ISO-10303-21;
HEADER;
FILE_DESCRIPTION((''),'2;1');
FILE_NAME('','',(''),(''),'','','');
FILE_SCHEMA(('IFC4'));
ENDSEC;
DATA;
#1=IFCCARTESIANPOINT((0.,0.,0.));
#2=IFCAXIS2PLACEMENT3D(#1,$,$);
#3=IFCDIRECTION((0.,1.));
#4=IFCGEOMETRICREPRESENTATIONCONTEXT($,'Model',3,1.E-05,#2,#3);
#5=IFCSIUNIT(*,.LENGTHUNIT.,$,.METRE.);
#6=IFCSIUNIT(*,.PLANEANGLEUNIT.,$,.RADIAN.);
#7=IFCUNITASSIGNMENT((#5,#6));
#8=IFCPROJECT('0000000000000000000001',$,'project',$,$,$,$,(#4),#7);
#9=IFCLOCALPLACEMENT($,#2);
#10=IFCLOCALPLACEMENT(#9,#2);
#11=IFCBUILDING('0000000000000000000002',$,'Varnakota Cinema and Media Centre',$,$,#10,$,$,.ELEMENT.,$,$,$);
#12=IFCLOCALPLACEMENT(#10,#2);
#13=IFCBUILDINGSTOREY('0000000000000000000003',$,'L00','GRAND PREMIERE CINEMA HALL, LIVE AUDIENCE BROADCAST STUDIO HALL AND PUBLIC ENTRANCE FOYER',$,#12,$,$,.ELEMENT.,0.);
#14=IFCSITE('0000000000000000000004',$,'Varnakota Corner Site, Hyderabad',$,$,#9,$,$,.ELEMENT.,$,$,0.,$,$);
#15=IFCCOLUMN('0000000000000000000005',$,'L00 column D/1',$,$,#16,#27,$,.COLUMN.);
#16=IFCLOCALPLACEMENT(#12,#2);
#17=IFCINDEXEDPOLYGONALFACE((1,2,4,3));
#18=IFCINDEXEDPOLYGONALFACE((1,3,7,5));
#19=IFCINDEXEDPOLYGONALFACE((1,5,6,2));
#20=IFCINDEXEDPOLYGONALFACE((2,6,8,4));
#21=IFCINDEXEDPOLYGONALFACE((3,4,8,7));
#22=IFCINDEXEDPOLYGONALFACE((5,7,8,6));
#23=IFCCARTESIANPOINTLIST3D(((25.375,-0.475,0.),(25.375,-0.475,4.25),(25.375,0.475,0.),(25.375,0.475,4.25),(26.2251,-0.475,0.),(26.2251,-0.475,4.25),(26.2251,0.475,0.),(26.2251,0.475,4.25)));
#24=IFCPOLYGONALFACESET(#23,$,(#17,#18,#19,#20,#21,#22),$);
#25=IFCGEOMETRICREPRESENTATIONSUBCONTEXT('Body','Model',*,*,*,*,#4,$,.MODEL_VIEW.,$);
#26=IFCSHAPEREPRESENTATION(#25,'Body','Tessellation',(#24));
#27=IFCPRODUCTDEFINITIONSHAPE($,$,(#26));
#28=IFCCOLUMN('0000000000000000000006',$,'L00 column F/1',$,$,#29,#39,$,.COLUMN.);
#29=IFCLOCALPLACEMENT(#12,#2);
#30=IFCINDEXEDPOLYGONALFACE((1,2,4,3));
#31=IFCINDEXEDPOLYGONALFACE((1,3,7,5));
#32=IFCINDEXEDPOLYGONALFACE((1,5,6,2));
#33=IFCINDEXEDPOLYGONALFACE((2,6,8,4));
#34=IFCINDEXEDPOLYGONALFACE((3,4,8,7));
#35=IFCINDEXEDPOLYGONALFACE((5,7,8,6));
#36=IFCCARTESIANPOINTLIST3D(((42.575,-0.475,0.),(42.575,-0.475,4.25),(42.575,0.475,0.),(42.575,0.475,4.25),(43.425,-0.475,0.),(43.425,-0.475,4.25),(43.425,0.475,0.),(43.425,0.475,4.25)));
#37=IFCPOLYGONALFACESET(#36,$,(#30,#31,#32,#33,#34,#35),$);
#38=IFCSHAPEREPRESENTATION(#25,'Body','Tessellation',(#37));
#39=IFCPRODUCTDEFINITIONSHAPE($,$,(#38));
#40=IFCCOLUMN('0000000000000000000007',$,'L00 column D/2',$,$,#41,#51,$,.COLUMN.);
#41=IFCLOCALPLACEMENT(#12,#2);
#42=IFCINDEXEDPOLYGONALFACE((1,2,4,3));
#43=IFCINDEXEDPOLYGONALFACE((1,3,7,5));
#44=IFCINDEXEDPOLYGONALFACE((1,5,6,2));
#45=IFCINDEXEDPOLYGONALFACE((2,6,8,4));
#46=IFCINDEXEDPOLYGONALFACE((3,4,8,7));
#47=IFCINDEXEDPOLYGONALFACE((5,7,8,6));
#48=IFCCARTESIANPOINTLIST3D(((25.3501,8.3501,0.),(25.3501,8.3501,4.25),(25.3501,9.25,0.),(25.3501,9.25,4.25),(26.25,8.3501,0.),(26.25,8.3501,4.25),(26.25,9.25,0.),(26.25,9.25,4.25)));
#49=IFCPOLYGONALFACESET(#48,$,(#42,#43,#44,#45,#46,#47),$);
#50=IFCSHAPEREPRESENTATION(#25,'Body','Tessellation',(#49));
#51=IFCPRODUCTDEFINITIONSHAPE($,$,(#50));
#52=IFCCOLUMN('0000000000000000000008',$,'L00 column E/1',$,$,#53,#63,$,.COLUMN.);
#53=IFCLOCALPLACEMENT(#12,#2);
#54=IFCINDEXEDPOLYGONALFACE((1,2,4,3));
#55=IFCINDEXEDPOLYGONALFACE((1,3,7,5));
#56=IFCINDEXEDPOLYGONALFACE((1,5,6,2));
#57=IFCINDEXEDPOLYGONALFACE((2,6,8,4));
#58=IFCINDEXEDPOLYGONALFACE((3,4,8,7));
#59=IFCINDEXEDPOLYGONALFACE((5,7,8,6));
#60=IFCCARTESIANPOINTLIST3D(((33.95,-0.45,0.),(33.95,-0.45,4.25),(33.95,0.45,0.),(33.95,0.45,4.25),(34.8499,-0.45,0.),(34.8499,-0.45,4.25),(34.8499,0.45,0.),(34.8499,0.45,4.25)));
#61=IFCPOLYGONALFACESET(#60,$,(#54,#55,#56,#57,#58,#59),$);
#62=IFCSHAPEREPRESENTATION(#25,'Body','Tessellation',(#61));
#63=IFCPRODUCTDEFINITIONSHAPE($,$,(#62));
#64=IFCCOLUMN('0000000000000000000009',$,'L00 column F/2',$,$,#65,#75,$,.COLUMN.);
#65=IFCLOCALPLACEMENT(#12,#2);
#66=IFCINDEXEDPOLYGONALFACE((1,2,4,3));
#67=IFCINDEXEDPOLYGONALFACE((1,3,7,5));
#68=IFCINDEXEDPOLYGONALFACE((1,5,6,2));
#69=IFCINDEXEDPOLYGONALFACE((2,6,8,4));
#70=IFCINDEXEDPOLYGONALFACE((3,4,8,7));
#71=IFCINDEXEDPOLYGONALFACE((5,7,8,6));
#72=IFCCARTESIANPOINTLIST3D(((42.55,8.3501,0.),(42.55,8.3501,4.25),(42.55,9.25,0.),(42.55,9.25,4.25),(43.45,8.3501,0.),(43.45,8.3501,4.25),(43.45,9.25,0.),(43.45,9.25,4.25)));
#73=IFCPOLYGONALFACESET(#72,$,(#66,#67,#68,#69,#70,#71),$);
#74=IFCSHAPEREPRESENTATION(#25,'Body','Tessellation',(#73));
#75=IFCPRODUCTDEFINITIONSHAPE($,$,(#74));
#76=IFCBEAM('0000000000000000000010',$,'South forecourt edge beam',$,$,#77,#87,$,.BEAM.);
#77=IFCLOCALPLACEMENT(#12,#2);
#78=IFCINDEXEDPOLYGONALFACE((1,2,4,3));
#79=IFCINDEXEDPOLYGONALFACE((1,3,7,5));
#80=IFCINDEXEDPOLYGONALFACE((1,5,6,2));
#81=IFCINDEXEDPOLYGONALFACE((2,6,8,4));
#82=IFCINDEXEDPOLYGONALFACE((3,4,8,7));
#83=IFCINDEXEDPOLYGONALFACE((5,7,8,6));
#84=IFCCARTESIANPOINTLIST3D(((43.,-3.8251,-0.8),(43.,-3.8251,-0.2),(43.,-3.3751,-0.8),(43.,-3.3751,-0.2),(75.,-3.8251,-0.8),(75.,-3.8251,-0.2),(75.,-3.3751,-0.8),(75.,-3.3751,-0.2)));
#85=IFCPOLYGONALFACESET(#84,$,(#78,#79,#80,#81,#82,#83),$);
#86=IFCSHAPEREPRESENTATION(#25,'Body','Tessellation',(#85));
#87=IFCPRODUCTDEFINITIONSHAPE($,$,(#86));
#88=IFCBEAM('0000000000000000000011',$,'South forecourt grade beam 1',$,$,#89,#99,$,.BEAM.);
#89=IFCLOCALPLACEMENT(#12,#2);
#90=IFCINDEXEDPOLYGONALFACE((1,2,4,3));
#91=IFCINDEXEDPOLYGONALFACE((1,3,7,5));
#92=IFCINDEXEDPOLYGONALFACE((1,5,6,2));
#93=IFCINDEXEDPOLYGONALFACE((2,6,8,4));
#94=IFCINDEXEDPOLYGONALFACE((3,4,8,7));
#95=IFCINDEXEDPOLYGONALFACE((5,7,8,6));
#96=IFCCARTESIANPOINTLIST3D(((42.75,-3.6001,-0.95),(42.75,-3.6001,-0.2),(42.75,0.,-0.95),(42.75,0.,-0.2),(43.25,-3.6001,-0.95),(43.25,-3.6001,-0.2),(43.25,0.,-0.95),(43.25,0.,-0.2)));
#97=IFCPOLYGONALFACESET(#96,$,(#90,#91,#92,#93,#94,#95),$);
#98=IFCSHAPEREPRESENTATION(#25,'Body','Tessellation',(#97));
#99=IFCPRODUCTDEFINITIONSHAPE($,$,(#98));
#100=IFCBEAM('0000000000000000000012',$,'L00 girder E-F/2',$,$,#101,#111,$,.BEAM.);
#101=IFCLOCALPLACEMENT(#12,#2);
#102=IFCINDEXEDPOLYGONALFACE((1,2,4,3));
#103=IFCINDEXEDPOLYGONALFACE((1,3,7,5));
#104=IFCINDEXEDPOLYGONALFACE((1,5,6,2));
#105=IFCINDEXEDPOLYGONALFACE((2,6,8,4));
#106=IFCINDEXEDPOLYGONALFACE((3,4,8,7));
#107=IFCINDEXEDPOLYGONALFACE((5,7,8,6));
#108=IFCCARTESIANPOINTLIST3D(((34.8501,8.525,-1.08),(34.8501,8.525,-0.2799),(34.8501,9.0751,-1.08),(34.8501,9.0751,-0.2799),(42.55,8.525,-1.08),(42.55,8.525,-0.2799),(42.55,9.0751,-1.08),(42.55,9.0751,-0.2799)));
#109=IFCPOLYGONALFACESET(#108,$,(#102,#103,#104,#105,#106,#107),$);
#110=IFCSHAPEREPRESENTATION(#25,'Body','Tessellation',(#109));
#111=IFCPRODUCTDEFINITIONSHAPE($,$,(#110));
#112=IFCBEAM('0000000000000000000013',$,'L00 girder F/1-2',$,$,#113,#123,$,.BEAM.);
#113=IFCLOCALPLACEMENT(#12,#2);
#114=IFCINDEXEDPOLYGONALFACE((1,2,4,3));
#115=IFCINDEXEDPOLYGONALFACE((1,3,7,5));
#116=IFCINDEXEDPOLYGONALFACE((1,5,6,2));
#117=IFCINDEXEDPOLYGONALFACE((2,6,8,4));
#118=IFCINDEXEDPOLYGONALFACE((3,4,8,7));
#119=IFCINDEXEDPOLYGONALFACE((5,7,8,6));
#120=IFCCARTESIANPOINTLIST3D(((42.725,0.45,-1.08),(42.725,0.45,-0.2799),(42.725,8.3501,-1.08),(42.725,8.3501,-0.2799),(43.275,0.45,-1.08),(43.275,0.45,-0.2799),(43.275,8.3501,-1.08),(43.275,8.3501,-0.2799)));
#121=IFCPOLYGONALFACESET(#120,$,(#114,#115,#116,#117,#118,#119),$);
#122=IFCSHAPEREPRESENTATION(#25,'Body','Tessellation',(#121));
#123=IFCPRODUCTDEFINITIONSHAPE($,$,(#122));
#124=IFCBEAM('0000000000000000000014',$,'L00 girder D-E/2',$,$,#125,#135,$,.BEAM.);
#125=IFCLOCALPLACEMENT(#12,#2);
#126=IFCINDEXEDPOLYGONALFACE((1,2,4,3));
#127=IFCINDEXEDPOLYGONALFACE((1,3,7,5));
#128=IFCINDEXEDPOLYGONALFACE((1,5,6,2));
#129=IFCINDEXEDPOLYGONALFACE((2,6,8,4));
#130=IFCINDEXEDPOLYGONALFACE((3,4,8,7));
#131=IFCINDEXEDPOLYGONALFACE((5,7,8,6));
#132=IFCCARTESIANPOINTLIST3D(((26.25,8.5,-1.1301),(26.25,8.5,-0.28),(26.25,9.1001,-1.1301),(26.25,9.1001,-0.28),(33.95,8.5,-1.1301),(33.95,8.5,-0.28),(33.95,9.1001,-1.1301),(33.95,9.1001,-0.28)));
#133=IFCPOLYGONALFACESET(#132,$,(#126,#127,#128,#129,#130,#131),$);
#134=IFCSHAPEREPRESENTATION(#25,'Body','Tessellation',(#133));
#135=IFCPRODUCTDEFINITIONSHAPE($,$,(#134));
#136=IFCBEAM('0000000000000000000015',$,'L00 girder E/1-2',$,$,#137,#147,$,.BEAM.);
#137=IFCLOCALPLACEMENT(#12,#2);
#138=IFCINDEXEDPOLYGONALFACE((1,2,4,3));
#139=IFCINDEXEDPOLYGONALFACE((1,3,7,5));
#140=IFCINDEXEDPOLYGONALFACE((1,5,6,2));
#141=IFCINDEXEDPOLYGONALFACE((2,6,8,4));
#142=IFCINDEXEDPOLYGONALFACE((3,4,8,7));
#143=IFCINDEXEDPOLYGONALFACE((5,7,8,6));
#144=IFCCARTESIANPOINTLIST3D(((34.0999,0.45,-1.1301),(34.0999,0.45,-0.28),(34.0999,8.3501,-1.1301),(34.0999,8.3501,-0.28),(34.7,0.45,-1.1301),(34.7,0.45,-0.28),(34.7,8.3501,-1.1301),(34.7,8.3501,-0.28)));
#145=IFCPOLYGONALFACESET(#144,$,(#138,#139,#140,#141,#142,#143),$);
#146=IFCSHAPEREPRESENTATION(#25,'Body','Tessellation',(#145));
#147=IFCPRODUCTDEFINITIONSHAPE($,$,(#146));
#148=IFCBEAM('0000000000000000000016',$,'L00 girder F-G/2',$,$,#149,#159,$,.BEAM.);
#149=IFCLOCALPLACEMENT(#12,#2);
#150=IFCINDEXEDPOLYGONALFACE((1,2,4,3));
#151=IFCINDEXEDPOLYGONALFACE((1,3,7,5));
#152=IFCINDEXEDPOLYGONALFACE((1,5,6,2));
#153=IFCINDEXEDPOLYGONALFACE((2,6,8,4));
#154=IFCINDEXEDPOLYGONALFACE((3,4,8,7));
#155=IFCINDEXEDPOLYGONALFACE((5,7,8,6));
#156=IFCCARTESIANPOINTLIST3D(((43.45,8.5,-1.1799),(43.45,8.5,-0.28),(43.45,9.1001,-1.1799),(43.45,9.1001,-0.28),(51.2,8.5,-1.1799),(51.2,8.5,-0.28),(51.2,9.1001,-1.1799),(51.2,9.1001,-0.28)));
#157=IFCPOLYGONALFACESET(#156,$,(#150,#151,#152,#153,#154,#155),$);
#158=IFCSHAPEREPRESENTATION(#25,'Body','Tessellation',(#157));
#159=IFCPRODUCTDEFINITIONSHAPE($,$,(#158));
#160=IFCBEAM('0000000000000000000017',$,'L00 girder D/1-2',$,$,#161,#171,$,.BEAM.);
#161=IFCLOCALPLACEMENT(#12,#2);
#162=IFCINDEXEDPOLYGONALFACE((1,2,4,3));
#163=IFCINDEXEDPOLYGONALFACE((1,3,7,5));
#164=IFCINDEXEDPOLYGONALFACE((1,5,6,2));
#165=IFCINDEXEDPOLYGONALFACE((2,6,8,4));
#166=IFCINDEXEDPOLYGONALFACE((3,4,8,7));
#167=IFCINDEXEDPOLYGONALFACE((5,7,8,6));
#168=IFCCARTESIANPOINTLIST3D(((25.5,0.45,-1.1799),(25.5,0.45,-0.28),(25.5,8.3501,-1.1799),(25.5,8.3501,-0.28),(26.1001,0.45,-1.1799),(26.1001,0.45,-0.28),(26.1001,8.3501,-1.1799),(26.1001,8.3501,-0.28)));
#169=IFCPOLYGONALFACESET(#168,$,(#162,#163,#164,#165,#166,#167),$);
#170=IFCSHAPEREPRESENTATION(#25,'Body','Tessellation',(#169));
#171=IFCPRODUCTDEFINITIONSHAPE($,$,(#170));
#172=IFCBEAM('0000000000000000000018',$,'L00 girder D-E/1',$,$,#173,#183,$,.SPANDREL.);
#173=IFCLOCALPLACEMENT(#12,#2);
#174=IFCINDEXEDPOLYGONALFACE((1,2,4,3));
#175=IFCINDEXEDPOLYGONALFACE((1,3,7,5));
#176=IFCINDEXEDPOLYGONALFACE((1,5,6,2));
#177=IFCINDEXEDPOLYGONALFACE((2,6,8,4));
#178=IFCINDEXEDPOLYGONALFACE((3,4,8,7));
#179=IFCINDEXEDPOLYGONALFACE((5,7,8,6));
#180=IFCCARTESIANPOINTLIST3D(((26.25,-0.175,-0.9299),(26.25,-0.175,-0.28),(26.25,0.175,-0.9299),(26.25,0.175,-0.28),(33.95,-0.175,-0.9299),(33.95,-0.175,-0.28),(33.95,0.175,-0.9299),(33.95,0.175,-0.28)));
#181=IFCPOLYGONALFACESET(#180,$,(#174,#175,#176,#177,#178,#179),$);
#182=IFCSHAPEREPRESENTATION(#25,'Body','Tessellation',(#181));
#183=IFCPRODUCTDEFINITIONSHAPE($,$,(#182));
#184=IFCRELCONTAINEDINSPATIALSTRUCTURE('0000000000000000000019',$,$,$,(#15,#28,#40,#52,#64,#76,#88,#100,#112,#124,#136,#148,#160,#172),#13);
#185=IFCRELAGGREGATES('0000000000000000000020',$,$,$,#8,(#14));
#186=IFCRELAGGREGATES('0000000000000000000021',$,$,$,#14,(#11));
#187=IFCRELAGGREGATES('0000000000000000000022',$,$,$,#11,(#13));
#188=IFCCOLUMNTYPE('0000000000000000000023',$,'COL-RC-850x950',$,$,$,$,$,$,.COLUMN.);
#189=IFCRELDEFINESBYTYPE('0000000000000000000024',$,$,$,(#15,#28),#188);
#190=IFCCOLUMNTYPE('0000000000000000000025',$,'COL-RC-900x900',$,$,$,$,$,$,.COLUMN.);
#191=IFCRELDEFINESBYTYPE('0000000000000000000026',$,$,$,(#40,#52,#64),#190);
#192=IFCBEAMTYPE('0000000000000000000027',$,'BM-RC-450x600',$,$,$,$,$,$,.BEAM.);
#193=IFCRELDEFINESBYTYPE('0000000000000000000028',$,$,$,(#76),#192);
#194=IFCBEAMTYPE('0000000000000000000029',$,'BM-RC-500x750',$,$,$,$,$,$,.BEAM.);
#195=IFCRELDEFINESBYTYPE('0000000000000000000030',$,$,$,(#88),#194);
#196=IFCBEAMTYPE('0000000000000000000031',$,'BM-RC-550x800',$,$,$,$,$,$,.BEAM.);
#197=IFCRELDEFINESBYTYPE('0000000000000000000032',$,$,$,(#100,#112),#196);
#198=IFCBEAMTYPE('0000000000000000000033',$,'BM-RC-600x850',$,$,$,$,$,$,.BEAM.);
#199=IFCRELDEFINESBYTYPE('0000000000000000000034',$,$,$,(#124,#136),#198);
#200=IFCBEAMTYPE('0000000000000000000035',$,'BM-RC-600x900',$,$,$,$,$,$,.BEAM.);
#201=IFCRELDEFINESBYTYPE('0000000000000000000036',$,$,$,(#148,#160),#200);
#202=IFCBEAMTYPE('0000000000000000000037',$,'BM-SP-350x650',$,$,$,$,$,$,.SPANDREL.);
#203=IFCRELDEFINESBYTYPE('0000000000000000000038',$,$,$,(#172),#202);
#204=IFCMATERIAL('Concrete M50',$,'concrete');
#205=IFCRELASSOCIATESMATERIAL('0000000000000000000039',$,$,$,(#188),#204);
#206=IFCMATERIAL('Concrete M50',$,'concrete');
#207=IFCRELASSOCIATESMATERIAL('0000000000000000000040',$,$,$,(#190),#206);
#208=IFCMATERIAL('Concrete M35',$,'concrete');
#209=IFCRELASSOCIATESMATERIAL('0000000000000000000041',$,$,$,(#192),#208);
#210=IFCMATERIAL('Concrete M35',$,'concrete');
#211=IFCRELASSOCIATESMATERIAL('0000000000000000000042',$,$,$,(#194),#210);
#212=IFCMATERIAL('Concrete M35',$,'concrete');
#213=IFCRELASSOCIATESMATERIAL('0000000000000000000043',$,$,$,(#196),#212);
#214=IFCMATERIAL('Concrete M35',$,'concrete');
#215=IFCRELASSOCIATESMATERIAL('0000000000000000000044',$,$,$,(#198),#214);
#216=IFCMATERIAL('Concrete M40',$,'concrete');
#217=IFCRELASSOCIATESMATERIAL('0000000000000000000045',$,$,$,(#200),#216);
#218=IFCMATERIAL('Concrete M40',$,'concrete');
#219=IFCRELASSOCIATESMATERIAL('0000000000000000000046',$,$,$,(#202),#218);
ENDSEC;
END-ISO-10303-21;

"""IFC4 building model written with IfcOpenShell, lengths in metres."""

from ifc_helpers import new_model, si_unit, direction, frame, origin, origin_2d, place, context, subcontext, project, spatial, rectangle, extrude, material, material_profile, profile_set, type_object, element, save


model = new_model("IFC4")

# Units and contexts
model_context = context("Model", 3, precision=1e-05, world=origin(), true_north=direction((0.0, 1.0)))
body_context = subcontext(model_context, "Body", "Model", "MODEL_VIEW")
ifc_project = project(units=[si_unit("LENGTHUNIT", "METRE"), si_unit("PLANEANGLEUNIT", "RADIAN")], contexts=[model_context])

# Site, building, storey
site_placement = place(None, origin())
site = spatial("IfcSite", under=ifc_project, at=site_placement, Name="Varnakota Corner Site, Hyderabad", CompositionType="ELEMENT", RefElevation=0.0)
building_placement = place(site_placement, origin())
building = spatial("IfcBuilding", under=site, at=building_placement, Name="Varnakota Cinema and Media Centre", CompositionType="ELEMENT")
storey_placement = place(building_placement, origin())
storey = spatial("IfcBuildingStorey", under=building, at=storey_placement, Name="L00", Description="GRAND PREMIERE CINEMA HALL, LIVE AUDIENCE BROADCAST STUDIO HALL AND PUBLIC ENTRANCE FOYER", CompositionType="ELEMENT", Elevation=0.0)

# Columns
ifc_material_1 = material(Name="Concrete M50", Category="concrete")
ifc_material_profile_1 = material_profile(ifc_material_1, rectangle(XDim=0.8501, YDim=0.95, at=origin_2d()), Name="RC 850x950")
ifc_profile_set_1 = profile_set([ifc_material_profile_1], Name="Concrete M50")
column_type_1 = type_object("IfcColumnType", Name="COL-RC-850x950", PredefinedType="COLUMN", material=ifc_profile_set_1)
for number, where, z_axis, x_axis, name in (
    (1, (25.8, 0.0, 0.0), (0.0, 0.0, 1.0), (1.0, 0.0, 0.0), "L00 column D/1"),
    (2, (43.0, 0.0, 0.0), (0.0, 0.0, 1.0), (1.0, 0.0, 0.0), "L00 column F/1"),
):
    element("IfcColumn", number, at=place(storey_placement, frame(where, z_axis=z_axis, x_axis=x_axis)), inside=storey, type_object=column_type_1, Name=name, PredefinedType="COLUMN", context=body_context, shape_type="SweptSolid", body=[
        extrude(rectangle(XDim=0.8501, YDim=0.95, at=origin_2d()), origin(), (0.0, 0.0, 1.0), 4.25),
    ])
ifc_material_2 = material(Name="Concrete M50", Category="concrete")
ifc_material_profile_2 = material_profile(ifc_material_2, rectangle(XDim=0.8999, YDim=0.8999, at=origin_2d()), Name="RC 900x900")
ifc_profile_set_2 = profile_set([ifc_material_profile_2], Name="Concrete M50")
column_type_2 = type_object("IfcColumnType", Name="COL-RC-900x900", PredefinedType="COLUMN", material=ifc_profile_set_2)
for number, where, z_axis, x_axis, name in (
    (3, (25.8, 8.8, 0.0), (0.0, 0.0, 1.0), (1.0, 0.0, 0.0), "L00 column D/2"),
    (4, (34.3999, 0.0, 0.0), (0.0, 0.0, 1.0), (1.0, 0.0, 0.0), "L00 column E/1"),
    (5, (43.0, 8.8, 0.0), (0.0, 0.0, 1.0), (1.0, 0.0, 0.0), "L00 column F/2"),
):
    element("IfcColumn", number, at=place(storey_placement, frame(where, z_axis=z_axis, x_axis=x_axis)), inside=storey, type_object=column_type_2, Name=name, PredefinedType="COLUMN", context=body_context, shape_type="SweptSolid", body=[
        extrude(rectangle(XDim=0.8999, YDim=0.8999, at=origin_2d()), origin(), (0.0, 0.0, 1.0), 4.25),
    ])

# Beams
ifc_material_3 = material(Name="Concrete M35", Category="concrete")
ifc_material_profile_3 = material_profile(ifc_material_3, rectangle(XDim=0.45, YDim=0.6001, at=origin_2d()), Name="RCB 450x600")
ifc_profile_set_3 = profile_set([ifc_material_profile_3], Name="Concrete M35")
beam_type_1 = type_object("IfcBeamType", Name="BM-RC-450x600", PredefinedType="BEAM", material=ifc_profile_set_3)
beam_1_placement = place(storey_placement, frame((43.0, -3.6001, -0.5), z_axis=(1.0, 0.0, 0.0), x_axis=(0.0, 1.0, 0.0)))
element("IfcBeam", 6, at=beam_1_placement, inside=storey, type_object=beam_type_1, Name="South forecourt edge beam", PredefinedType="BEAM", context=body_context, shape_type="SweptSolid", body=[
    extrude(rectangle(XDim=0.45, YDim=0.6001, at=origin_2d()), origin(), (0.0, 0.0, 1.0), 32.0),
])
ifc_material_4 = material(Name="Concrete M35", Category="concrete")
ifc_material_profile_4 = material_profile(ifc_material_4, rectangle(XDim=0.5, YDim=0.75, at=origin_2d()), Name="RCB 500x750")
ifc_profile_set_4 = profile_set([ifc_material_profile_4], Name="Concrete M35")
beam_type_2 = type_object("IfcBeamType", Name="BM-RC-500x750", PredefinedType="BEAM", material=ifc_profile_set_4)
beam_2_placement = place(storey_placement, frame((43.0, 0.0, -0.575), z_axis=(0.0, -1.0, 0.0), x_axis=(1.0, 0.0, 0.0)))
element("IfcBeam", 7, at=beam_2_placement, inside=storey, type_object=beam_type_2, Name="South forecourt grade beam 1", PredefinedType="BEAM", context=body_context, shape_type="SweptSolid", body=[
    extrude(rectangle(XDim=0.5, YDim=0.75, at=origin_2d()), origin(), (0.0, 0.0, 1.0), 3.6001),
])
ifc_material_5 = material(Name="Concrete M35", Category="concrete")
ifc_material_profile_5 = material_profile(ifc_material_5, rectangle(XDim=0.55, YDim=0.8, at=origin_2d()), Name="RCB 550x800")
ifc_profile_set_5 = profile_set([ifc_material_profile_5], Name="Concrete M35")
beam_type_3 = type_object("IfcBeamType", Name="BM-RC-550x800", PredefinedType="BEAM", material=ifc_profile_set_5)
beam_3_placement = place(storey_placement, frame((34.8501, 8.8, -0.6799), z_axis=(1.0, 0.0, 0.0), x_axis=(0.0, 1.0, 0.0)))
element("IfcBeam", 8, at=beam_3_placement, inside=storey, type_object=beam_type_3, Name="L00 girder E-F/2", PredefinedType="BEAM", context=body_context, shape_type="SweptSolid", body=[
    extrude(rectangle(XDim=0.55, YDim=0.8, at=origin_2d()), origin(), (0.0, 0.0, 1.0), 7.7),
])
beam_4_placement = place(storey_placement, frame((43.0, 0.45, -0.6799), z_axis=(0.0, 1.0, 0.0), x_axis=(-1.0, 0.0, 0.0)))
element("IfcBeam", 9, at=beam_4_placement, inside=storey, type_object=beam_type_3, Name="L00 girder F/1-2", PredefinedType="BEAM", context=body_context, shape_type="SweptSolid", body=[
    extrude(rectangle(XDim=0.55, YDim=0.8, at=origin_2d()), origin(), (0.0, 0.0, 1.0), 7.9001),
])
ifc_material_6 = material(Name="Concrete M35", Category="concrete")
ifc_material_profile_6 = material_profile(ifc_material_6, rectangle(XDim=0.6001, YDim=0.8501, at=origin_2d()), Name="RCB 600x850")
ifc_profile_set_6 = profile_set([ifc_material_profile_6], Name="Concrete M35")
beam_type_4 = type_object("IfcBeamType", Name="BM-RC-600x850", PredefinedType="BEAM", material=ifc_profile_set_6)
beam_5_placement = place(storey_placement, frame((26.25, 8.8, -0.7051), z_axis=(1.0, 0.0, 0.0), x_axis=(0.0, 1.0, 0.0)))
element("IfcBeam", 10, at=beam_5_placement, inside=storey, type_object=beam_type_4, Name="L00 girder D-E/2", PredefinedType="BEAM", context=body_context, shape_type="SweptSolid", body=[
    extrude(rectangle(XDim=0.6001, YDim=0.8501, at=origin_2d()), origin(), (0.0, 0.0, 1.0), 7.7),
])
beam_6_placement = place(storey_placement, frame((34.3999, 0.45, -0.7051), z_axis=(0.0, 1.0, 0.0), x_axis=(-1.0, 0.0, 0.0)))
element("IfcBeam", 11, at=beam_6_placement, inside=storey, type_object=beam_type_4, Name="L00 girder E/1-2", PredefinedType="BEAM", context=body_context, shape_type="SweptSolid", body=[
    extrude(rectangle(XDim=0.6001, YDim=0.8501, at=origin_2d()), origin(), (0.0, 0.0, 1.0), 7.9001),
])
ifc_material_7 = material(Name="Concrete M40", Category="concrete")
ifc_material_profile_7 = material_profile(ifc_material_7, rectangle(XDim=0.6001, YDim=0.8999, at=origin_2d()), Name="RCB 600x900")
ifc_profile_set_7 = profile_set([ifc_material_profile_7], Name="Concrete M40")
beam_type_5 = type_object("IfcBeamType", Name="BM-RC-600x900", PredefinedType="BEAM", material=ifc_profile_set_7)
beam_7_placement = place(storey_placement, frame((43.45, 8.8, -0.73), z_axis=(1.0, 0.0, 0.0), x_axis=(0.0, 1.0, 0.0)))
element("IfcBeam", 12, at=beam_7_placement, inside=storey, type_object=beam_type_5, Name="L00 girder F-G/2", PredefinedType="BEAM", context=body_context, shape_type="SweptSolid", body=[
    extrude(rectangle(XDim=0.6001, YDim=0.8999, at=origin_2d()), origin(), (0.0, 0.0, 1.0), 7.75),
])
beam_8_placement = place(storey_placement, frame((25.8, 0.45, -0.73), z_axis=(0.0, 1.0, 0.0), x_axis=(-1.0, 0.0, 0.0)))
element("IfcBeam", 13, at=beam_8_placement, inside=storey, type_object=beam_type_5, Name="L00 girder D/1-2", PredefinedType="BEAM", context=body_context, shape_type="SweptSolid", body=[
    extrude(rectangle(XDim=0.6001, YDim=0.8999, at=origin_2d()), origin(), (0.0, 0.0, 1.0), 7.9001),
])
ifc_material_8 = material(Name="Concrete M40", Category="concrete")
ifc_material_profile_8 = material_profile(ifc_material_8, rectangle(XDim=0.3501, YDim=0.6499, at=origin_2d()), Name="RCB 350x650")
ifc_profile_set_8 = profile_set([ifc_material_profile_8], Name="Concrete M40")
beam_type_6 = type_object("IfcBeamType", Name="BM-SP-350x650", PredefinedType="SPANDREL", material=ifc_profile_set_8)
for number, where, z_axis, x_axis, name in (
    (14, (26.25, 0.0, -0.605), (1.0, 0.0, 0.0), (0.0, 1.0, 0.0), "L00 girder D-E/1"),
):
    element("IfcBeam", number, at=place(storey_placement, frame(where, z_axis=z_axis, x_axis=x_axis)), inside=storey, type_object=beam_type_6, Name=name, PredefinedType="SPANDREL", context=body_context, shape_type="SweptSolid", body=[
        extrude(rectangle(XDim=0.3501, YDim=0.6499, at=origin_2d()), origin(), (0.0, 0.0, 1.0), 7.7),
    ])

save(model, "model.ifc")
